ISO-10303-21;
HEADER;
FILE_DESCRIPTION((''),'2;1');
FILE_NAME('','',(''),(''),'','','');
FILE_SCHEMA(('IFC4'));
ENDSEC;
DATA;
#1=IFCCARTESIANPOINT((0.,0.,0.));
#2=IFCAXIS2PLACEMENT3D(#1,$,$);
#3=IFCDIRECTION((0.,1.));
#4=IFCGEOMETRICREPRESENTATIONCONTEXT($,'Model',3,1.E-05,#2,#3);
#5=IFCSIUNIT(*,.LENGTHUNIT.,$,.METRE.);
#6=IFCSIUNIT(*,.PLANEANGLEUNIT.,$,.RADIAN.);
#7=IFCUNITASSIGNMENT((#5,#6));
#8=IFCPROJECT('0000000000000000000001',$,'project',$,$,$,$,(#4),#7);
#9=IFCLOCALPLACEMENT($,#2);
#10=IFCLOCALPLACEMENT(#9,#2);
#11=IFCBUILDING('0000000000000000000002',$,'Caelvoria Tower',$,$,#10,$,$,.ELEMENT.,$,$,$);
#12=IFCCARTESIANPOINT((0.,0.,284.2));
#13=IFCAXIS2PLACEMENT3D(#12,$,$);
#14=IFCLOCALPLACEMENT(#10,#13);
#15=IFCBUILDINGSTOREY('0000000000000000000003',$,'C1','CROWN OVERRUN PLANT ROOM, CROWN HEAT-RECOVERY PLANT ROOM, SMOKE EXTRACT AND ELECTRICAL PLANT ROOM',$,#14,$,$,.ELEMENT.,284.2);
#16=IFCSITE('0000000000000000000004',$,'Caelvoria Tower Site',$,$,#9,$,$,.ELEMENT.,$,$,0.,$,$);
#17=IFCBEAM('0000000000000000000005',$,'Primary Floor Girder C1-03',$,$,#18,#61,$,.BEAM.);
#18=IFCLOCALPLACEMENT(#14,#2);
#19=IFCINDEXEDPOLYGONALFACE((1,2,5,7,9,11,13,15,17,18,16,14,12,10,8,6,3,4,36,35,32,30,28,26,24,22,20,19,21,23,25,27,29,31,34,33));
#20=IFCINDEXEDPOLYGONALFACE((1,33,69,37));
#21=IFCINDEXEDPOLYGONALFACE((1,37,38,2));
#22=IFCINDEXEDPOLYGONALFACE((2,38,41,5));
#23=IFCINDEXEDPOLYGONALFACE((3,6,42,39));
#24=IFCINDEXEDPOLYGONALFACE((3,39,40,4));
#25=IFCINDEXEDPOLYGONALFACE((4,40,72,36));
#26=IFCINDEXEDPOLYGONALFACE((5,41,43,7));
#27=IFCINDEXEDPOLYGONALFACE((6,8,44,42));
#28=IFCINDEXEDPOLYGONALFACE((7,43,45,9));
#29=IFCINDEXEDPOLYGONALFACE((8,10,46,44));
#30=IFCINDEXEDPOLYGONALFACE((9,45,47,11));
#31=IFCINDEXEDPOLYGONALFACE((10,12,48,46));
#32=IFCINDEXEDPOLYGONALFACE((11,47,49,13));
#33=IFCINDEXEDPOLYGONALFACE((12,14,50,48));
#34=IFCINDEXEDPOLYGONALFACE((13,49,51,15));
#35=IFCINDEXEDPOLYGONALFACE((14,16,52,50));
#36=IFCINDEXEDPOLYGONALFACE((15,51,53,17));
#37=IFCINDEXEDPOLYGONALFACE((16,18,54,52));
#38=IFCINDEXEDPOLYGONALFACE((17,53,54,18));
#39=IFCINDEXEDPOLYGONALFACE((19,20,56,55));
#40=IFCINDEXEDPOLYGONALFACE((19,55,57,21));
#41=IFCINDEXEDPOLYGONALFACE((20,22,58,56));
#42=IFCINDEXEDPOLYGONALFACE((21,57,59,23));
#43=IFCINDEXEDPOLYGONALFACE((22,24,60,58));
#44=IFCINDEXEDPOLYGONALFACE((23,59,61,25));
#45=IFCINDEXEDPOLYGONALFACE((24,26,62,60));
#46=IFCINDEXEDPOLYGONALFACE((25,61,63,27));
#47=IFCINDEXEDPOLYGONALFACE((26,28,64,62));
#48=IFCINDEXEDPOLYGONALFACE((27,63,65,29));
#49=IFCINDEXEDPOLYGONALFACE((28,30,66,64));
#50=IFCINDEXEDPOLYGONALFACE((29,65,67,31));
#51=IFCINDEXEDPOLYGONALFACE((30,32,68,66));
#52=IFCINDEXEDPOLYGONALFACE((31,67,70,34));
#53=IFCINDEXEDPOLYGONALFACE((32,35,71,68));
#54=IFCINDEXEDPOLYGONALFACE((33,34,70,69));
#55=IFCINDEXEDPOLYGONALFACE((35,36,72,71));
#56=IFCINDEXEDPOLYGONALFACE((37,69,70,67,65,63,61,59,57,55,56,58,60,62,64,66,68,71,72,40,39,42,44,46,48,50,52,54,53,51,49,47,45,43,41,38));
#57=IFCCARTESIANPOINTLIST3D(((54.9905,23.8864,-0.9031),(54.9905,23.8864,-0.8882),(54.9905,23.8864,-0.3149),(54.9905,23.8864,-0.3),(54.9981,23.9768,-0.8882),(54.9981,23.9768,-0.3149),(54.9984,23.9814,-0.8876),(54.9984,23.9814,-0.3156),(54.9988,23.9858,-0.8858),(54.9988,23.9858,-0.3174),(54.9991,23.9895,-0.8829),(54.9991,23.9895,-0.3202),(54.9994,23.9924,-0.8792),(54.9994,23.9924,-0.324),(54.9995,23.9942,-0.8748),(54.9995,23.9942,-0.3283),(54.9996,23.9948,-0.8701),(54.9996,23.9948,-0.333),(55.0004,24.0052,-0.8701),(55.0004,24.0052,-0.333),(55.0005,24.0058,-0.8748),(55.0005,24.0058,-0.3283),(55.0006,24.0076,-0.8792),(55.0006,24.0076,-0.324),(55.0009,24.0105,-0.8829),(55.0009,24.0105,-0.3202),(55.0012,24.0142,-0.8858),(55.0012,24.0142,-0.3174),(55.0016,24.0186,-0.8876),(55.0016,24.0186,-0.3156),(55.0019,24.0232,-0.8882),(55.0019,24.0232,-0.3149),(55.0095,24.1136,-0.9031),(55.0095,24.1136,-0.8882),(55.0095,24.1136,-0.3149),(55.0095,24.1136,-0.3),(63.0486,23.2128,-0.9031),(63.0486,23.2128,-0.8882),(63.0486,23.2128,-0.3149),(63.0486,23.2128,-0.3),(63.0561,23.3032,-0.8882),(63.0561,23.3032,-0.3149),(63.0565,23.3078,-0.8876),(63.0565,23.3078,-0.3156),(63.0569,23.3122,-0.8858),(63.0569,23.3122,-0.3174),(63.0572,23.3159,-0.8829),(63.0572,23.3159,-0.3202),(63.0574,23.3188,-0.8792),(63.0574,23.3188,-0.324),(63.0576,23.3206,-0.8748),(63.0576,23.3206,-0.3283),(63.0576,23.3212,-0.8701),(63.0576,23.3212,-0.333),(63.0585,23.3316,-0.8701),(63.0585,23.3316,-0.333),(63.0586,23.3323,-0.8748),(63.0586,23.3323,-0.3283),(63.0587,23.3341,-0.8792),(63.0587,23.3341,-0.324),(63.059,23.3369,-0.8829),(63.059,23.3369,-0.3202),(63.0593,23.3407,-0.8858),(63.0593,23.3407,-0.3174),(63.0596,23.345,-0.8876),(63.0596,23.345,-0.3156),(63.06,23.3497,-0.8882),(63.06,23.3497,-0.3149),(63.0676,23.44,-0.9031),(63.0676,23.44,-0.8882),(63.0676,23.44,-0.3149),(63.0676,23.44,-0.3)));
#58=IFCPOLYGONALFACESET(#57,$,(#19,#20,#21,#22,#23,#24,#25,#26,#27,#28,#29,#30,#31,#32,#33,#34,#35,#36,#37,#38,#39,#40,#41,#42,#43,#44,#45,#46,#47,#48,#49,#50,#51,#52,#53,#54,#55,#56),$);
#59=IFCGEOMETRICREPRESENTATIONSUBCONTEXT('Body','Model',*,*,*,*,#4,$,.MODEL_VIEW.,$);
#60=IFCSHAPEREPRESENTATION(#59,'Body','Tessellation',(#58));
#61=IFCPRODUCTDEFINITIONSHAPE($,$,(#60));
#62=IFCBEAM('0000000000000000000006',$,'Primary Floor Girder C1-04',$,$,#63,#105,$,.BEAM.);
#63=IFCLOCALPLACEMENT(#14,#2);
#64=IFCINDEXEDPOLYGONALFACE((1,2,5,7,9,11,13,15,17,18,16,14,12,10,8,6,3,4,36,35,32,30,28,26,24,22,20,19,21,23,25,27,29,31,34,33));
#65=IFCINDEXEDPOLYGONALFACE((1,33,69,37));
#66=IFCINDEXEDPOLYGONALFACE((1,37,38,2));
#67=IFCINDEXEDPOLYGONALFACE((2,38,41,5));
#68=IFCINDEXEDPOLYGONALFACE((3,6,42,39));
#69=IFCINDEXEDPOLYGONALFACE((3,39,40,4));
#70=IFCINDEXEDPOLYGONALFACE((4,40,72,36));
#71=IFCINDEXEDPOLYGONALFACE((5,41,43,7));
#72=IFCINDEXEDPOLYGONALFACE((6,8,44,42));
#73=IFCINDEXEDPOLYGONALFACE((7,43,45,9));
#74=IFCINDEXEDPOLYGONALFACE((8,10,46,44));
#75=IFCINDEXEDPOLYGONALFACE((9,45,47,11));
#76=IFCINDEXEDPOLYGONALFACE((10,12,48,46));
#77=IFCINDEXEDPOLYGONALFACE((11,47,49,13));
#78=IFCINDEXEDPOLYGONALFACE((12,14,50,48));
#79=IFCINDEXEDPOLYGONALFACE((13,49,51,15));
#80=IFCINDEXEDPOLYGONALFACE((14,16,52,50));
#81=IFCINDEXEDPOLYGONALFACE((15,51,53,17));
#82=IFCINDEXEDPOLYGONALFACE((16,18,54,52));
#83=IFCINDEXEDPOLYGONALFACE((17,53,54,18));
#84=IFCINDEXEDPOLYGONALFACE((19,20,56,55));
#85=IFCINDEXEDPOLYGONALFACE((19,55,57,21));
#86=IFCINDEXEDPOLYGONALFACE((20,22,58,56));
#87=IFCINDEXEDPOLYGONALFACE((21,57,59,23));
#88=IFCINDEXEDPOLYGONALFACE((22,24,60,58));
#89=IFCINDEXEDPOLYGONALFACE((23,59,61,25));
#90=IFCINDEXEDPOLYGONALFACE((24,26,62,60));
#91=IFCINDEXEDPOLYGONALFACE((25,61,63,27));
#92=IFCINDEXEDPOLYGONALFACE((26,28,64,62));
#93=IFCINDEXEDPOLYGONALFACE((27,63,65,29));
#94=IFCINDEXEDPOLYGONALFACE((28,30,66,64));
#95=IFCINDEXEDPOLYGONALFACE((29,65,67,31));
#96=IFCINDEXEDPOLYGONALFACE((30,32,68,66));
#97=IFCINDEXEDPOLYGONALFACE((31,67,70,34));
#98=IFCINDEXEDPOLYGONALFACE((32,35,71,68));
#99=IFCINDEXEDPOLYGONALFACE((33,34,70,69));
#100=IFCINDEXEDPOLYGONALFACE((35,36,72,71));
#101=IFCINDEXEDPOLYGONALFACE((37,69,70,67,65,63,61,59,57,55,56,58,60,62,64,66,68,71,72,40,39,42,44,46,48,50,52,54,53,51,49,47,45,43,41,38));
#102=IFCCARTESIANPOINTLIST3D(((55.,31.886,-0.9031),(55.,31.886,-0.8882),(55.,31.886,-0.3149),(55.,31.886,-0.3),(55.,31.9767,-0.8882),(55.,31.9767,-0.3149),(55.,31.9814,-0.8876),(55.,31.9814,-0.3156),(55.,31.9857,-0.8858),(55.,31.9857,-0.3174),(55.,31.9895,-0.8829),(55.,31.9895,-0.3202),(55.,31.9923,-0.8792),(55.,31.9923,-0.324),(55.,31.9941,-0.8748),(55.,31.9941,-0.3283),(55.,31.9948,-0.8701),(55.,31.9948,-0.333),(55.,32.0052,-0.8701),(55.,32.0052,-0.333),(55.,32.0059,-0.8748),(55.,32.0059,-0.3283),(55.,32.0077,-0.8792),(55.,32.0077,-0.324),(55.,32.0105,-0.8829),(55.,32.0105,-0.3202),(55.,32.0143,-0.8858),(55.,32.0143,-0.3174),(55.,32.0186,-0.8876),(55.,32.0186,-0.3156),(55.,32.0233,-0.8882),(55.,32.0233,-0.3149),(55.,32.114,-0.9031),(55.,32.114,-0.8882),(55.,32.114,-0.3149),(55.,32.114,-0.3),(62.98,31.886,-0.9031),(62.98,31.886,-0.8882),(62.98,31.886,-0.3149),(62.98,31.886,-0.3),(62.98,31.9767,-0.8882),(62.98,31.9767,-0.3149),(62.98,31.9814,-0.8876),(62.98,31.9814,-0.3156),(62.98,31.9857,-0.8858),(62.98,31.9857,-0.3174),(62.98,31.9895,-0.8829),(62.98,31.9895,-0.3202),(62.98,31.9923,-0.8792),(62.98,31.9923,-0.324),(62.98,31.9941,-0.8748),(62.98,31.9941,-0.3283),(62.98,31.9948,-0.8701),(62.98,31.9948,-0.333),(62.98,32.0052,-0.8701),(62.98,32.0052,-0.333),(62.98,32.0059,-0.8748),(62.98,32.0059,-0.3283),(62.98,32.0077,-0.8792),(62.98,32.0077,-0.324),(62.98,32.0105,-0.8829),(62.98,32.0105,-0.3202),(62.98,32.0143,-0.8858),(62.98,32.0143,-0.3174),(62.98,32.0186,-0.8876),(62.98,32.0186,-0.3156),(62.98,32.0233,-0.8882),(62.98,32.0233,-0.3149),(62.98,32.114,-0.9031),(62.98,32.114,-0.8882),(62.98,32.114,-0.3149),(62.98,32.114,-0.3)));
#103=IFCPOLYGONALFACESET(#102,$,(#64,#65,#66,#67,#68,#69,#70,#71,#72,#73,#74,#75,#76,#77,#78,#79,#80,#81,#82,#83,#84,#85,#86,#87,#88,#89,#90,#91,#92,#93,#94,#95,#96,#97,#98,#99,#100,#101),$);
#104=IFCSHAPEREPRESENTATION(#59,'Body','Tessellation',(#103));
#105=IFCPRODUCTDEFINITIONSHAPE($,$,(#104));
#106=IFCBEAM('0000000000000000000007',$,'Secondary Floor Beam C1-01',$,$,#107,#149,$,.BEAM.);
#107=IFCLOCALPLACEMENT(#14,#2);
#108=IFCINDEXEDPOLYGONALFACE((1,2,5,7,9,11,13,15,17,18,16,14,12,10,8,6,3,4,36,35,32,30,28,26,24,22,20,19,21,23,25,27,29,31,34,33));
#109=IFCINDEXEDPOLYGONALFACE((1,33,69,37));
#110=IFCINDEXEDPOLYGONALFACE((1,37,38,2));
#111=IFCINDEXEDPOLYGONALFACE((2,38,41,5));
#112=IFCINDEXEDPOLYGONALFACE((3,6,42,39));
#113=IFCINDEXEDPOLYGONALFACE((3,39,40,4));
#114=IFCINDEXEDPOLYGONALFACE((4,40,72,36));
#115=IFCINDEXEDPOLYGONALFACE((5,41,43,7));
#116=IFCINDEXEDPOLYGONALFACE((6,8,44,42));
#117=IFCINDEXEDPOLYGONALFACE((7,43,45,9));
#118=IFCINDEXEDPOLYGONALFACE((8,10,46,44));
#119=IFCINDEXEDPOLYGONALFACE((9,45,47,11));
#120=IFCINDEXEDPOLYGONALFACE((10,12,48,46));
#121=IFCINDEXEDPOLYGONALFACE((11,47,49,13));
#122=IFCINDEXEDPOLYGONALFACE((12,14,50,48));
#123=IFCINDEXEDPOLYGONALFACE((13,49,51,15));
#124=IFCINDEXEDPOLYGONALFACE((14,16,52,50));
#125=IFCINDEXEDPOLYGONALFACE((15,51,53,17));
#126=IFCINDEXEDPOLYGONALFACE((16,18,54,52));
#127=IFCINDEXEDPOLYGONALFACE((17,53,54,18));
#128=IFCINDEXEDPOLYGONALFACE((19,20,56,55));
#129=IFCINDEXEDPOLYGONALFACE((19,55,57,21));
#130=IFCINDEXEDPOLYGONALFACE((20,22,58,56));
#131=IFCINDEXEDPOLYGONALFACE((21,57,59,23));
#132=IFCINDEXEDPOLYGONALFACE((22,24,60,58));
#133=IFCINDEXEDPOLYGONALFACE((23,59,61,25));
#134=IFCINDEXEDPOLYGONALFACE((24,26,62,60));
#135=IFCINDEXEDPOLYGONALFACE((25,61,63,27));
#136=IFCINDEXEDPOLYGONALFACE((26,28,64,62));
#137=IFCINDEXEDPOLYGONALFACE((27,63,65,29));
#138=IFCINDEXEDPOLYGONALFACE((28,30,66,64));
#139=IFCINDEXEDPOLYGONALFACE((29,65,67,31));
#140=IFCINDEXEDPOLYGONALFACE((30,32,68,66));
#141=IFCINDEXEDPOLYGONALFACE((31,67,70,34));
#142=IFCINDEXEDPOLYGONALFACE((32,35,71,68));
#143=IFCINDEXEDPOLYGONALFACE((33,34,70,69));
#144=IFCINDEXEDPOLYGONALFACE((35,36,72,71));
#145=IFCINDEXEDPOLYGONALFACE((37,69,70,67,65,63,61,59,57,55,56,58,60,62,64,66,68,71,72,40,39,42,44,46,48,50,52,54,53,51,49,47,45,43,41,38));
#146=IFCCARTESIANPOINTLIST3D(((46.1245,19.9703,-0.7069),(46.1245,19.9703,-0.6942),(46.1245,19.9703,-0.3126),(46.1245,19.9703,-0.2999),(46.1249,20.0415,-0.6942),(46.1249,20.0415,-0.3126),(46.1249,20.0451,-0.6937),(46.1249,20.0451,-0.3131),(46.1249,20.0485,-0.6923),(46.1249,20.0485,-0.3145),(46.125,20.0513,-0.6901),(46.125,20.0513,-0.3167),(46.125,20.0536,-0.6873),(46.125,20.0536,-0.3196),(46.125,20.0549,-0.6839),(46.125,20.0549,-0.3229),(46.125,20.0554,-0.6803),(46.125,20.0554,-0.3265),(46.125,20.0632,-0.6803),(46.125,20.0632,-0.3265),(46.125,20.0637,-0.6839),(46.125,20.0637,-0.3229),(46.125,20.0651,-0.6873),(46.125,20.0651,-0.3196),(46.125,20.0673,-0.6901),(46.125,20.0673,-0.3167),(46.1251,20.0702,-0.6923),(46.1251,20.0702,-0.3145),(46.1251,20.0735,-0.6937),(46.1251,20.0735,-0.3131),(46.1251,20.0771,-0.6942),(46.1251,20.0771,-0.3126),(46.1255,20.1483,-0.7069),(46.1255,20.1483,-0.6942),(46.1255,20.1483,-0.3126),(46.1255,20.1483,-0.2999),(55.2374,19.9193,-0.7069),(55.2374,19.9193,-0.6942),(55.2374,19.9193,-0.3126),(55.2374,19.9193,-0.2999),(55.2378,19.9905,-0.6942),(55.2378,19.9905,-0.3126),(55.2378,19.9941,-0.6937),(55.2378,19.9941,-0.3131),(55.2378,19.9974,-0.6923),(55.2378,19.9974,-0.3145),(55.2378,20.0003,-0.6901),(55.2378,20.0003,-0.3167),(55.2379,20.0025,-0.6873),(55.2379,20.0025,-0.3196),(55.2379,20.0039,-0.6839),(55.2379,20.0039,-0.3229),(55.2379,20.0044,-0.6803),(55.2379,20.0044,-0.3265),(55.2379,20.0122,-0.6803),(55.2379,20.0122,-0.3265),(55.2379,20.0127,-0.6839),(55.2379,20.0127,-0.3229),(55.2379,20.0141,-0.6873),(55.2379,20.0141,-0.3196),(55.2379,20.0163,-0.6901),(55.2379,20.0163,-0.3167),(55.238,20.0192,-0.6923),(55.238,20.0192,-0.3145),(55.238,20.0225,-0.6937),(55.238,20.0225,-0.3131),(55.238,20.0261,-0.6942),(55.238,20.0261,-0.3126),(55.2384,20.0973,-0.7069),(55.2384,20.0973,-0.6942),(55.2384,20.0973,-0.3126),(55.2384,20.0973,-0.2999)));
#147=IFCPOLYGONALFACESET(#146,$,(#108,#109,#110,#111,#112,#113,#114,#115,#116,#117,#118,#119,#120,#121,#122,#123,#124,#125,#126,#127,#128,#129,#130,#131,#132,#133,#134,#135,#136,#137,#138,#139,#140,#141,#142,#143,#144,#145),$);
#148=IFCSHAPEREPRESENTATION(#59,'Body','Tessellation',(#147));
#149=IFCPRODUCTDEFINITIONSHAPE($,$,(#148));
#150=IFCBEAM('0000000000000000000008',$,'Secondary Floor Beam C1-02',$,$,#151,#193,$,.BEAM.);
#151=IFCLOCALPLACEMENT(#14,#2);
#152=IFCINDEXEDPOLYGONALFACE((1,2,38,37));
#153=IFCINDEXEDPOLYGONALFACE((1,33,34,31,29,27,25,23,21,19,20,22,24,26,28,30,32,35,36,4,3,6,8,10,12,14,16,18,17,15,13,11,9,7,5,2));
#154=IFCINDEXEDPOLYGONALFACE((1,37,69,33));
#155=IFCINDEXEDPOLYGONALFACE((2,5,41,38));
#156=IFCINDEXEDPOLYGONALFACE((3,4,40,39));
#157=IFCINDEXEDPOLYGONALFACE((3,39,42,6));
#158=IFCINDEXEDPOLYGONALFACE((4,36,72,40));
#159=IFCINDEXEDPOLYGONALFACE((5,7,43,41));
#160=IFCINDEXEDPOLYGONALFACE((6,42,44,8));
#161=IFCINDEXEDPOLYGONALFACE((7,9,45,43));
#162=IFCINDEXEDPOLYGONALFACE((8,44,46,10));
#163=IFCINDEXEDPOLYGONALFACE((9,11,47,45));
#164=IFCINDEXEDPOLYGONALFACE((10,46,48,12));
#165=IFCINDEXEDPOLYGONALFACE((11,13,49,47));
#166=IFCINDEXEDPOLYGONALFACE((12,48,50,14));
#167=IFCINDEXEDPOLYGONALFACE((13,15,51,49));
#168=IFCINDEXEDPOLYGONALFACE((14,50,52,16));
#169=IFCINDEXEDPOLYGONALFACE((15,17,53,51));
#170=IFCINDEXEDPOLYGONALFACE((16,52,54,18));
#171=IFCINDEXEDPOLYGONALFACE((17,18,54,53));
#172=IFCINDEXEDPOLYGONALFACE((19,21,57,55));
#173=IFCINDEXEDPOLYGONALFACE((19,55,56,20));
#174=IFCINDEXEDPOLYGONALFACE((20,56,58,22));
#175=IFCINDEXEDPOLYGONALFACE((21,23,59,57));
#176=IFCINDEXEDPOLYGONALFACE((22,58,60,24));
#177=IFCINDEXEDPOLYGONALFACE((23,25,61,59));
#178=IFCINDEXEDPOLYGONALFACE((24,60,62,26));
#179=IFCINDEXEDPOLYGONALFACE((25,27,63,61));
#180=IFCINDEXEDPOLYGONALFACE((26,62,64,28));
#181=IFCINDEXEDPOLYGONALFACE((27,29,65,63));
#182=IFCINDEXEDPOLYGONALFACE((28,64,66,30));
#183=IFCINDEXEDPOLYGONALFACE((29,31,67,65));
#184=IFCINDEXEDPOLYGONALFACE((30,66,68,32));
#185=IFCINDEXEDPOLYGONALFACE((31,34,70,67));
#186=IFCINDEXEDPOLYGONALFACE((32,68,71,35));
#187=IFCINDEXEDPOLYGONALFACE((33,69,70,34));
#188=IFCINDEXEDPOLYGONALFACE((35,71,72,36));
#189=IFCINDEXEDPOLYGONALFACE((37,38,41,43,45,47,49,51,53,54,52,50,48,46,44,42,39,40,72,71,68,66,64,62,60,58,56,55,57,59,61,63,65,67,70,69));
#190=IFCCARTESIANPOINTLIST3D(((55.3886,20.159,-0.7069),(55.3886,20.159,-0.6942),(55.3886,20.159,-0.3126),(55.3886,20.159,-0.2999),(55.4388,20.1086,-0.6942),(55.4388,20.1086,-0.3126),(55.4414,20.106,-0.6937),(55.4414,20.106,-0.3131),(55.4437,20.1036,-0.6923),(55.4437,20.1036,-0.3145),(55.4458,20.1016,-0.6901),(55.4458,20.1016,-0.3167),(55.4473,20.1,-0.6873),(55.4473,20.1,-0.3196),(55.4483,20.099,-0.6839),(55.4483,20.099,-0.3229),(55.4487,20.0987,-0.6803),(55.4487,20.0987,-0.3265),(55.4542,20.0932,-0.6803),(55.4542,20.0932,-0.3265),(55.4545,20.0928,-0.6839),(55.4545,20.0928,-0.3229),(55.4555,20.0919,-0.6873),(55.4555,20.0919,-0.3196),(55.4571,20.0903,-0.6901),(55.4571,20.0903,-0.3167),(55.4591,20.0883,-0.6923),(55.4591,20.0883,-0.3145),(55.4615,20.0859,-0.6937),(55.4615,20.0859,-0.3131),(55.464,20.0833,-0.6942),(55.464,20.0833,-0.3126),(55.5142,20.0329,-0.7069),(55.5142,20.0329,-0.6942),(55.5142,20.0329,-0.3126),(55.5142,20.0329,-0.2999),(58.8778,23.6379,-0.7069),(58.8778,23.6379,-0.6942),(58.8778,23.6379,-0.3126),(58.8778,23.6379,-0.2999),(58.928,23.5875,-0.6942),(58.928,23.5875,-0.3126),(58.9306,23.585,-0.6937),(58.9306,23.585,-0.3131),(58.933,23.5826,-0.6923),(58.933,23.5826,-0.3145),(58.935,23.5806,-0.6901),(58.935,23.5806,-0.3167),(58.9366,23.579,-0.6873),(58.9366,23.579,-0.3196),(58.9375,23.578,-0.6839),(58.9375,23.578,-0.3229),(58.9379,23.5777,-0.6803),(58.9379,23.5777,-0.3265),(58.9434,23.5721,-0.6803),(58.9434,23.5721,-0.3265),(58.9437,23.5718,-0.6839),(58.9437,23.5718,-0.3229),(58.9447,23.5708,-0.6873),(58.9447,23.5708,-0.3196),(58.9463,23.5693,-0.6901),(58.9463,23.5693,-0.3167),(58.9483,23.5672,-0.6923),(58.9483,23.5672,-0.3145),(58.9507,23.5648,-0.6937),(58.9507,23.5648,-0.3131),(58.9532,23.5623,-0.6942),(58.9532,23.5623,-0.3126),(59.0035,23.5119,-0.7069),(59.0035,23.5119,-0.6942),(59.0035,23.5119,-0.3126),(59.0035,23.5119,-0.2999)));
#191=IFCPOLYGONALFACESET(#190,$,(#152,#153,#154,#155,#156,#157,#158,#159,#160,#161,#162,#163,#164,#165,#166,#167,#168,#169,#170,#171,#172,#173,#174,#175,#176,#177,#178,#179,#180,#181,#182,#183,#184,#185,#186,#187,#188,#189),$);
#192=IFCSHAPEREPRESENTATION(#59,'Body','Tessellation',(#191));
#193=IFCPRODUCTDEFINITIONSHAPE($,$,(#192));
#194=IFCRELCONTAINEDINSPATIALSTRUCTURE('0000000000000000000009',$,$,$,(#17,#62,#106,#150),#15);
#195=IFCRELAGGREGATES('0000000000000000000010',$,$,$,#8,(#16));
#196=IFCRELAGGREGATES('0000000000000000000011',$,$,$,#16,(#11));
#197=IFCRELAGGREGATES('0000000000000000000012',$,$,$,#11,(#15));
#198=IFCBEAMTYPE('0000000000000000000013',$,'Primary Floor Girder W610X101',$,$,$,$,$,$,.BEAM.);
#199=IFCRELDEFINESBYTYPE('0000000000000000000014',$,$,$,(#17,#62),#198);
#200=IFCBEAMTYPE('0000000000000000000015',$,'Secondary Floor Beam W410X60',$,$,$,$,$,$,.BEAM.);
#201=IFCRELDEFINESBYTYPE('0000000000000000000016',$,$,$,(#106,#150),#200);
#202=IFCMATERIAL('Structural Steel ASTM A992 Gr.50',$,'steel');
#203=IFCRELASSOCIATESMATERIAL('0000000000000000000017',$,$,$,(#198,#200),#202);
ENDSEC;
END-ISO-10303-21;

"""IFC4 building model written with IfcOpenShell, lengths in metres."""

from ifc_helpers import new_model, si_unit, direction, frame, origin, origin_2d, place, context, subcontext, project, spatial, i_section, extrude, material, material_profile, profile_set, type_object, element, save


model = new_model("IFC4")

# Units and contexts
model_context = context("Model", 3, precision=1e-05, world=origin(), true_north=direction((0.0, 1.0)))
body_context = subcontext(model_context, "Body", "Model", "MODEL_VIEW")
ifc_project = project(units=[si_unit("LENGTHUNIT", "METRE"), si_unit("PLANEANGLEUNIT", "RADIAN")], contexts=[model_context])

# Site, building, storey
site_placement = place(None, origin())
site = spatial("IfcSite", under=ifc_project, at=site_placement, Name="Caelvoria Tower Site", CompositionType="ELEMENT", RefElevation=0.0)
building_placement = place(site_placement, origin())
building = spatial("IfcBuilding", under=site, at=building_placement, Name="Caelvoria Tower", CompositionType="ELEMENT")
storey_placement = place(building_placement, frame((0.0, 0.0, 284.2)))
storey = spatial("IfcBuildingStorey", under=building, at=storey_placement, Name="C1", Description="CROWN OVERRUN PLANT ROOM, CROWN HEAT-RECOVERY PLANT ROOM, SMOKE EXTRACT AND ELECTRICAL PLANT ROOM", CompositionType="ELEMENT", Elevation=284.2)

# Beams
ifc_material_1 = material(Name="Structural Steel ASTM A992 Gr.50", Category="steel")
ifc_material_profile_1 = material_profile(ifc_material_1, i_section(OverallWidth=0.228, OverallDepth=0.603, WebThickness=0.0105, FlangeThickness=0.0149, FilletRadius=0.0181, at=origin_2d()), Name="Structural Steel ASTM A992 Gr.50")
ifc_profile_set_1 = profile_set([ifc_material_profile_1], Name="W610X101 - Structural Steel ASTM A992 Gr.50")
beam_type_1 = type_object("IfcBeamType", Name="Primary Floor Girder W610X101", PredefinedType="BEAM", material=ifc_profile_set_1)
beam_1_placement = place(storey_placement, frame((55.0, 24.0, -0.6016), z_axis=(0.996524, -0.0833, 0.0), x_axis=(0.0833, 0.996524, 0.0)))
element("IfcBeam", 1, at=beam_1_placement, inside=storey, type_object=beam_type_1, Name="Primary Floor Girder C1-03", PredefinedType="BEAM", context=body_context, shape_type="SweptSolid", body=[
    extrude(i_section(OverallWidth=0.228, OverallDepth=0.603, WebThickness=0.0105, FlangeThickness=0.0149, FilletRadius=0.0181, at=origin_2d()), origin(), (0.0, 0.0, 1.0), 8.0862),
])
beam_2_placement = place(storey_placement, frame((55.0, 32.0, -0.6016), z_axis=(1.0, 0.0, 0.0), x_axis=(0.0, 1.0, 0.0)))
element("IfcBeam", 2, at=beam_2_placement, inside=storey, type_object=beam_type_1, Name="Primary Floor Girder C1-04", PredefinedType="BEAM", context=body_context, shape_type="SweptSolid", body=[
    extrude(i_section(OverallWidth=0.228, OverallDepth=0.603, WebThickness=0.0105, FlangeThickness=0.0149, FilletRadius=0.0181, at=origin_2d()), origin(), (0.0, 0.0, 1.0), 7.98),
])
ifc_material_profile_2 = material_profile(ifc_material_1, i_section(OverallWidth=0.178, OverallDepth=0.407, WebThickness=0.0078, FlangeThickness=0.0127, FilletRadius=0.0139, at=origin_2d()), Name="Structural Steel ASTM A992 Gr.50")
ifc_profile_set_2 = profile_set([ifc_material_profile_2], Name="W410X60 - Structural Steel ASTM A992 Gr.50")
beam_type_2 = type_object("IfcBeamType", Name="Secondary Floor Beam W410X60", PredefinedType="BEAM", material=ifc_profile_set_2)
beam_3_placement = place(storey_placement, frame((46.125, 20.0593, -0.5034), z_axis=(0.999984, -0.005599, 0.0), x_axis=(0.005599, 0.999984, 0.0)))
element("IfcBeam", 3, at=beam_3_placement, inside=storey, type_object=beam_type_2, Name="Secondary Floor Beam C1-01", PredefinedType="BEAM", context=body_context, shape_type="SweptSolid", body=[
    extrude(i_section(OverallWidth=0.178, OverallDepth=0.407, WebThickness=0.0078, FlangeThickness=0.0127, FilletRadius=0.0139, at=origin_2d()), origin(), (0.0, 0.0, 1.0), 9.113),
])
beam_4_placement = place(storey_placement, frame((55.4514, 20.0959, -0.5034), z_axis=(0.708147, 0.706065, 0.0), x_axis=(-0.706065, 0.708147, 0.0)))
element("IfcBeam", 4, at=beam_4_placement, inside=storey, type_object=beam_type_2, Name="Secondary Floor Beam C1-02", PredefinedType="BEAM", context=body_context, shape_type="SweptSolid", body=[
    extrude(i_section(OverallWidth=0.178, OverallDepth=0.407, WebThickness=0.0078, FlangeThickness=0.0127, FilletRadius=0.0139, at=origin_2d()), origin(), (0.0, 0.0, 1.0), 4.9272),
])

save(model, "model.ifc")
